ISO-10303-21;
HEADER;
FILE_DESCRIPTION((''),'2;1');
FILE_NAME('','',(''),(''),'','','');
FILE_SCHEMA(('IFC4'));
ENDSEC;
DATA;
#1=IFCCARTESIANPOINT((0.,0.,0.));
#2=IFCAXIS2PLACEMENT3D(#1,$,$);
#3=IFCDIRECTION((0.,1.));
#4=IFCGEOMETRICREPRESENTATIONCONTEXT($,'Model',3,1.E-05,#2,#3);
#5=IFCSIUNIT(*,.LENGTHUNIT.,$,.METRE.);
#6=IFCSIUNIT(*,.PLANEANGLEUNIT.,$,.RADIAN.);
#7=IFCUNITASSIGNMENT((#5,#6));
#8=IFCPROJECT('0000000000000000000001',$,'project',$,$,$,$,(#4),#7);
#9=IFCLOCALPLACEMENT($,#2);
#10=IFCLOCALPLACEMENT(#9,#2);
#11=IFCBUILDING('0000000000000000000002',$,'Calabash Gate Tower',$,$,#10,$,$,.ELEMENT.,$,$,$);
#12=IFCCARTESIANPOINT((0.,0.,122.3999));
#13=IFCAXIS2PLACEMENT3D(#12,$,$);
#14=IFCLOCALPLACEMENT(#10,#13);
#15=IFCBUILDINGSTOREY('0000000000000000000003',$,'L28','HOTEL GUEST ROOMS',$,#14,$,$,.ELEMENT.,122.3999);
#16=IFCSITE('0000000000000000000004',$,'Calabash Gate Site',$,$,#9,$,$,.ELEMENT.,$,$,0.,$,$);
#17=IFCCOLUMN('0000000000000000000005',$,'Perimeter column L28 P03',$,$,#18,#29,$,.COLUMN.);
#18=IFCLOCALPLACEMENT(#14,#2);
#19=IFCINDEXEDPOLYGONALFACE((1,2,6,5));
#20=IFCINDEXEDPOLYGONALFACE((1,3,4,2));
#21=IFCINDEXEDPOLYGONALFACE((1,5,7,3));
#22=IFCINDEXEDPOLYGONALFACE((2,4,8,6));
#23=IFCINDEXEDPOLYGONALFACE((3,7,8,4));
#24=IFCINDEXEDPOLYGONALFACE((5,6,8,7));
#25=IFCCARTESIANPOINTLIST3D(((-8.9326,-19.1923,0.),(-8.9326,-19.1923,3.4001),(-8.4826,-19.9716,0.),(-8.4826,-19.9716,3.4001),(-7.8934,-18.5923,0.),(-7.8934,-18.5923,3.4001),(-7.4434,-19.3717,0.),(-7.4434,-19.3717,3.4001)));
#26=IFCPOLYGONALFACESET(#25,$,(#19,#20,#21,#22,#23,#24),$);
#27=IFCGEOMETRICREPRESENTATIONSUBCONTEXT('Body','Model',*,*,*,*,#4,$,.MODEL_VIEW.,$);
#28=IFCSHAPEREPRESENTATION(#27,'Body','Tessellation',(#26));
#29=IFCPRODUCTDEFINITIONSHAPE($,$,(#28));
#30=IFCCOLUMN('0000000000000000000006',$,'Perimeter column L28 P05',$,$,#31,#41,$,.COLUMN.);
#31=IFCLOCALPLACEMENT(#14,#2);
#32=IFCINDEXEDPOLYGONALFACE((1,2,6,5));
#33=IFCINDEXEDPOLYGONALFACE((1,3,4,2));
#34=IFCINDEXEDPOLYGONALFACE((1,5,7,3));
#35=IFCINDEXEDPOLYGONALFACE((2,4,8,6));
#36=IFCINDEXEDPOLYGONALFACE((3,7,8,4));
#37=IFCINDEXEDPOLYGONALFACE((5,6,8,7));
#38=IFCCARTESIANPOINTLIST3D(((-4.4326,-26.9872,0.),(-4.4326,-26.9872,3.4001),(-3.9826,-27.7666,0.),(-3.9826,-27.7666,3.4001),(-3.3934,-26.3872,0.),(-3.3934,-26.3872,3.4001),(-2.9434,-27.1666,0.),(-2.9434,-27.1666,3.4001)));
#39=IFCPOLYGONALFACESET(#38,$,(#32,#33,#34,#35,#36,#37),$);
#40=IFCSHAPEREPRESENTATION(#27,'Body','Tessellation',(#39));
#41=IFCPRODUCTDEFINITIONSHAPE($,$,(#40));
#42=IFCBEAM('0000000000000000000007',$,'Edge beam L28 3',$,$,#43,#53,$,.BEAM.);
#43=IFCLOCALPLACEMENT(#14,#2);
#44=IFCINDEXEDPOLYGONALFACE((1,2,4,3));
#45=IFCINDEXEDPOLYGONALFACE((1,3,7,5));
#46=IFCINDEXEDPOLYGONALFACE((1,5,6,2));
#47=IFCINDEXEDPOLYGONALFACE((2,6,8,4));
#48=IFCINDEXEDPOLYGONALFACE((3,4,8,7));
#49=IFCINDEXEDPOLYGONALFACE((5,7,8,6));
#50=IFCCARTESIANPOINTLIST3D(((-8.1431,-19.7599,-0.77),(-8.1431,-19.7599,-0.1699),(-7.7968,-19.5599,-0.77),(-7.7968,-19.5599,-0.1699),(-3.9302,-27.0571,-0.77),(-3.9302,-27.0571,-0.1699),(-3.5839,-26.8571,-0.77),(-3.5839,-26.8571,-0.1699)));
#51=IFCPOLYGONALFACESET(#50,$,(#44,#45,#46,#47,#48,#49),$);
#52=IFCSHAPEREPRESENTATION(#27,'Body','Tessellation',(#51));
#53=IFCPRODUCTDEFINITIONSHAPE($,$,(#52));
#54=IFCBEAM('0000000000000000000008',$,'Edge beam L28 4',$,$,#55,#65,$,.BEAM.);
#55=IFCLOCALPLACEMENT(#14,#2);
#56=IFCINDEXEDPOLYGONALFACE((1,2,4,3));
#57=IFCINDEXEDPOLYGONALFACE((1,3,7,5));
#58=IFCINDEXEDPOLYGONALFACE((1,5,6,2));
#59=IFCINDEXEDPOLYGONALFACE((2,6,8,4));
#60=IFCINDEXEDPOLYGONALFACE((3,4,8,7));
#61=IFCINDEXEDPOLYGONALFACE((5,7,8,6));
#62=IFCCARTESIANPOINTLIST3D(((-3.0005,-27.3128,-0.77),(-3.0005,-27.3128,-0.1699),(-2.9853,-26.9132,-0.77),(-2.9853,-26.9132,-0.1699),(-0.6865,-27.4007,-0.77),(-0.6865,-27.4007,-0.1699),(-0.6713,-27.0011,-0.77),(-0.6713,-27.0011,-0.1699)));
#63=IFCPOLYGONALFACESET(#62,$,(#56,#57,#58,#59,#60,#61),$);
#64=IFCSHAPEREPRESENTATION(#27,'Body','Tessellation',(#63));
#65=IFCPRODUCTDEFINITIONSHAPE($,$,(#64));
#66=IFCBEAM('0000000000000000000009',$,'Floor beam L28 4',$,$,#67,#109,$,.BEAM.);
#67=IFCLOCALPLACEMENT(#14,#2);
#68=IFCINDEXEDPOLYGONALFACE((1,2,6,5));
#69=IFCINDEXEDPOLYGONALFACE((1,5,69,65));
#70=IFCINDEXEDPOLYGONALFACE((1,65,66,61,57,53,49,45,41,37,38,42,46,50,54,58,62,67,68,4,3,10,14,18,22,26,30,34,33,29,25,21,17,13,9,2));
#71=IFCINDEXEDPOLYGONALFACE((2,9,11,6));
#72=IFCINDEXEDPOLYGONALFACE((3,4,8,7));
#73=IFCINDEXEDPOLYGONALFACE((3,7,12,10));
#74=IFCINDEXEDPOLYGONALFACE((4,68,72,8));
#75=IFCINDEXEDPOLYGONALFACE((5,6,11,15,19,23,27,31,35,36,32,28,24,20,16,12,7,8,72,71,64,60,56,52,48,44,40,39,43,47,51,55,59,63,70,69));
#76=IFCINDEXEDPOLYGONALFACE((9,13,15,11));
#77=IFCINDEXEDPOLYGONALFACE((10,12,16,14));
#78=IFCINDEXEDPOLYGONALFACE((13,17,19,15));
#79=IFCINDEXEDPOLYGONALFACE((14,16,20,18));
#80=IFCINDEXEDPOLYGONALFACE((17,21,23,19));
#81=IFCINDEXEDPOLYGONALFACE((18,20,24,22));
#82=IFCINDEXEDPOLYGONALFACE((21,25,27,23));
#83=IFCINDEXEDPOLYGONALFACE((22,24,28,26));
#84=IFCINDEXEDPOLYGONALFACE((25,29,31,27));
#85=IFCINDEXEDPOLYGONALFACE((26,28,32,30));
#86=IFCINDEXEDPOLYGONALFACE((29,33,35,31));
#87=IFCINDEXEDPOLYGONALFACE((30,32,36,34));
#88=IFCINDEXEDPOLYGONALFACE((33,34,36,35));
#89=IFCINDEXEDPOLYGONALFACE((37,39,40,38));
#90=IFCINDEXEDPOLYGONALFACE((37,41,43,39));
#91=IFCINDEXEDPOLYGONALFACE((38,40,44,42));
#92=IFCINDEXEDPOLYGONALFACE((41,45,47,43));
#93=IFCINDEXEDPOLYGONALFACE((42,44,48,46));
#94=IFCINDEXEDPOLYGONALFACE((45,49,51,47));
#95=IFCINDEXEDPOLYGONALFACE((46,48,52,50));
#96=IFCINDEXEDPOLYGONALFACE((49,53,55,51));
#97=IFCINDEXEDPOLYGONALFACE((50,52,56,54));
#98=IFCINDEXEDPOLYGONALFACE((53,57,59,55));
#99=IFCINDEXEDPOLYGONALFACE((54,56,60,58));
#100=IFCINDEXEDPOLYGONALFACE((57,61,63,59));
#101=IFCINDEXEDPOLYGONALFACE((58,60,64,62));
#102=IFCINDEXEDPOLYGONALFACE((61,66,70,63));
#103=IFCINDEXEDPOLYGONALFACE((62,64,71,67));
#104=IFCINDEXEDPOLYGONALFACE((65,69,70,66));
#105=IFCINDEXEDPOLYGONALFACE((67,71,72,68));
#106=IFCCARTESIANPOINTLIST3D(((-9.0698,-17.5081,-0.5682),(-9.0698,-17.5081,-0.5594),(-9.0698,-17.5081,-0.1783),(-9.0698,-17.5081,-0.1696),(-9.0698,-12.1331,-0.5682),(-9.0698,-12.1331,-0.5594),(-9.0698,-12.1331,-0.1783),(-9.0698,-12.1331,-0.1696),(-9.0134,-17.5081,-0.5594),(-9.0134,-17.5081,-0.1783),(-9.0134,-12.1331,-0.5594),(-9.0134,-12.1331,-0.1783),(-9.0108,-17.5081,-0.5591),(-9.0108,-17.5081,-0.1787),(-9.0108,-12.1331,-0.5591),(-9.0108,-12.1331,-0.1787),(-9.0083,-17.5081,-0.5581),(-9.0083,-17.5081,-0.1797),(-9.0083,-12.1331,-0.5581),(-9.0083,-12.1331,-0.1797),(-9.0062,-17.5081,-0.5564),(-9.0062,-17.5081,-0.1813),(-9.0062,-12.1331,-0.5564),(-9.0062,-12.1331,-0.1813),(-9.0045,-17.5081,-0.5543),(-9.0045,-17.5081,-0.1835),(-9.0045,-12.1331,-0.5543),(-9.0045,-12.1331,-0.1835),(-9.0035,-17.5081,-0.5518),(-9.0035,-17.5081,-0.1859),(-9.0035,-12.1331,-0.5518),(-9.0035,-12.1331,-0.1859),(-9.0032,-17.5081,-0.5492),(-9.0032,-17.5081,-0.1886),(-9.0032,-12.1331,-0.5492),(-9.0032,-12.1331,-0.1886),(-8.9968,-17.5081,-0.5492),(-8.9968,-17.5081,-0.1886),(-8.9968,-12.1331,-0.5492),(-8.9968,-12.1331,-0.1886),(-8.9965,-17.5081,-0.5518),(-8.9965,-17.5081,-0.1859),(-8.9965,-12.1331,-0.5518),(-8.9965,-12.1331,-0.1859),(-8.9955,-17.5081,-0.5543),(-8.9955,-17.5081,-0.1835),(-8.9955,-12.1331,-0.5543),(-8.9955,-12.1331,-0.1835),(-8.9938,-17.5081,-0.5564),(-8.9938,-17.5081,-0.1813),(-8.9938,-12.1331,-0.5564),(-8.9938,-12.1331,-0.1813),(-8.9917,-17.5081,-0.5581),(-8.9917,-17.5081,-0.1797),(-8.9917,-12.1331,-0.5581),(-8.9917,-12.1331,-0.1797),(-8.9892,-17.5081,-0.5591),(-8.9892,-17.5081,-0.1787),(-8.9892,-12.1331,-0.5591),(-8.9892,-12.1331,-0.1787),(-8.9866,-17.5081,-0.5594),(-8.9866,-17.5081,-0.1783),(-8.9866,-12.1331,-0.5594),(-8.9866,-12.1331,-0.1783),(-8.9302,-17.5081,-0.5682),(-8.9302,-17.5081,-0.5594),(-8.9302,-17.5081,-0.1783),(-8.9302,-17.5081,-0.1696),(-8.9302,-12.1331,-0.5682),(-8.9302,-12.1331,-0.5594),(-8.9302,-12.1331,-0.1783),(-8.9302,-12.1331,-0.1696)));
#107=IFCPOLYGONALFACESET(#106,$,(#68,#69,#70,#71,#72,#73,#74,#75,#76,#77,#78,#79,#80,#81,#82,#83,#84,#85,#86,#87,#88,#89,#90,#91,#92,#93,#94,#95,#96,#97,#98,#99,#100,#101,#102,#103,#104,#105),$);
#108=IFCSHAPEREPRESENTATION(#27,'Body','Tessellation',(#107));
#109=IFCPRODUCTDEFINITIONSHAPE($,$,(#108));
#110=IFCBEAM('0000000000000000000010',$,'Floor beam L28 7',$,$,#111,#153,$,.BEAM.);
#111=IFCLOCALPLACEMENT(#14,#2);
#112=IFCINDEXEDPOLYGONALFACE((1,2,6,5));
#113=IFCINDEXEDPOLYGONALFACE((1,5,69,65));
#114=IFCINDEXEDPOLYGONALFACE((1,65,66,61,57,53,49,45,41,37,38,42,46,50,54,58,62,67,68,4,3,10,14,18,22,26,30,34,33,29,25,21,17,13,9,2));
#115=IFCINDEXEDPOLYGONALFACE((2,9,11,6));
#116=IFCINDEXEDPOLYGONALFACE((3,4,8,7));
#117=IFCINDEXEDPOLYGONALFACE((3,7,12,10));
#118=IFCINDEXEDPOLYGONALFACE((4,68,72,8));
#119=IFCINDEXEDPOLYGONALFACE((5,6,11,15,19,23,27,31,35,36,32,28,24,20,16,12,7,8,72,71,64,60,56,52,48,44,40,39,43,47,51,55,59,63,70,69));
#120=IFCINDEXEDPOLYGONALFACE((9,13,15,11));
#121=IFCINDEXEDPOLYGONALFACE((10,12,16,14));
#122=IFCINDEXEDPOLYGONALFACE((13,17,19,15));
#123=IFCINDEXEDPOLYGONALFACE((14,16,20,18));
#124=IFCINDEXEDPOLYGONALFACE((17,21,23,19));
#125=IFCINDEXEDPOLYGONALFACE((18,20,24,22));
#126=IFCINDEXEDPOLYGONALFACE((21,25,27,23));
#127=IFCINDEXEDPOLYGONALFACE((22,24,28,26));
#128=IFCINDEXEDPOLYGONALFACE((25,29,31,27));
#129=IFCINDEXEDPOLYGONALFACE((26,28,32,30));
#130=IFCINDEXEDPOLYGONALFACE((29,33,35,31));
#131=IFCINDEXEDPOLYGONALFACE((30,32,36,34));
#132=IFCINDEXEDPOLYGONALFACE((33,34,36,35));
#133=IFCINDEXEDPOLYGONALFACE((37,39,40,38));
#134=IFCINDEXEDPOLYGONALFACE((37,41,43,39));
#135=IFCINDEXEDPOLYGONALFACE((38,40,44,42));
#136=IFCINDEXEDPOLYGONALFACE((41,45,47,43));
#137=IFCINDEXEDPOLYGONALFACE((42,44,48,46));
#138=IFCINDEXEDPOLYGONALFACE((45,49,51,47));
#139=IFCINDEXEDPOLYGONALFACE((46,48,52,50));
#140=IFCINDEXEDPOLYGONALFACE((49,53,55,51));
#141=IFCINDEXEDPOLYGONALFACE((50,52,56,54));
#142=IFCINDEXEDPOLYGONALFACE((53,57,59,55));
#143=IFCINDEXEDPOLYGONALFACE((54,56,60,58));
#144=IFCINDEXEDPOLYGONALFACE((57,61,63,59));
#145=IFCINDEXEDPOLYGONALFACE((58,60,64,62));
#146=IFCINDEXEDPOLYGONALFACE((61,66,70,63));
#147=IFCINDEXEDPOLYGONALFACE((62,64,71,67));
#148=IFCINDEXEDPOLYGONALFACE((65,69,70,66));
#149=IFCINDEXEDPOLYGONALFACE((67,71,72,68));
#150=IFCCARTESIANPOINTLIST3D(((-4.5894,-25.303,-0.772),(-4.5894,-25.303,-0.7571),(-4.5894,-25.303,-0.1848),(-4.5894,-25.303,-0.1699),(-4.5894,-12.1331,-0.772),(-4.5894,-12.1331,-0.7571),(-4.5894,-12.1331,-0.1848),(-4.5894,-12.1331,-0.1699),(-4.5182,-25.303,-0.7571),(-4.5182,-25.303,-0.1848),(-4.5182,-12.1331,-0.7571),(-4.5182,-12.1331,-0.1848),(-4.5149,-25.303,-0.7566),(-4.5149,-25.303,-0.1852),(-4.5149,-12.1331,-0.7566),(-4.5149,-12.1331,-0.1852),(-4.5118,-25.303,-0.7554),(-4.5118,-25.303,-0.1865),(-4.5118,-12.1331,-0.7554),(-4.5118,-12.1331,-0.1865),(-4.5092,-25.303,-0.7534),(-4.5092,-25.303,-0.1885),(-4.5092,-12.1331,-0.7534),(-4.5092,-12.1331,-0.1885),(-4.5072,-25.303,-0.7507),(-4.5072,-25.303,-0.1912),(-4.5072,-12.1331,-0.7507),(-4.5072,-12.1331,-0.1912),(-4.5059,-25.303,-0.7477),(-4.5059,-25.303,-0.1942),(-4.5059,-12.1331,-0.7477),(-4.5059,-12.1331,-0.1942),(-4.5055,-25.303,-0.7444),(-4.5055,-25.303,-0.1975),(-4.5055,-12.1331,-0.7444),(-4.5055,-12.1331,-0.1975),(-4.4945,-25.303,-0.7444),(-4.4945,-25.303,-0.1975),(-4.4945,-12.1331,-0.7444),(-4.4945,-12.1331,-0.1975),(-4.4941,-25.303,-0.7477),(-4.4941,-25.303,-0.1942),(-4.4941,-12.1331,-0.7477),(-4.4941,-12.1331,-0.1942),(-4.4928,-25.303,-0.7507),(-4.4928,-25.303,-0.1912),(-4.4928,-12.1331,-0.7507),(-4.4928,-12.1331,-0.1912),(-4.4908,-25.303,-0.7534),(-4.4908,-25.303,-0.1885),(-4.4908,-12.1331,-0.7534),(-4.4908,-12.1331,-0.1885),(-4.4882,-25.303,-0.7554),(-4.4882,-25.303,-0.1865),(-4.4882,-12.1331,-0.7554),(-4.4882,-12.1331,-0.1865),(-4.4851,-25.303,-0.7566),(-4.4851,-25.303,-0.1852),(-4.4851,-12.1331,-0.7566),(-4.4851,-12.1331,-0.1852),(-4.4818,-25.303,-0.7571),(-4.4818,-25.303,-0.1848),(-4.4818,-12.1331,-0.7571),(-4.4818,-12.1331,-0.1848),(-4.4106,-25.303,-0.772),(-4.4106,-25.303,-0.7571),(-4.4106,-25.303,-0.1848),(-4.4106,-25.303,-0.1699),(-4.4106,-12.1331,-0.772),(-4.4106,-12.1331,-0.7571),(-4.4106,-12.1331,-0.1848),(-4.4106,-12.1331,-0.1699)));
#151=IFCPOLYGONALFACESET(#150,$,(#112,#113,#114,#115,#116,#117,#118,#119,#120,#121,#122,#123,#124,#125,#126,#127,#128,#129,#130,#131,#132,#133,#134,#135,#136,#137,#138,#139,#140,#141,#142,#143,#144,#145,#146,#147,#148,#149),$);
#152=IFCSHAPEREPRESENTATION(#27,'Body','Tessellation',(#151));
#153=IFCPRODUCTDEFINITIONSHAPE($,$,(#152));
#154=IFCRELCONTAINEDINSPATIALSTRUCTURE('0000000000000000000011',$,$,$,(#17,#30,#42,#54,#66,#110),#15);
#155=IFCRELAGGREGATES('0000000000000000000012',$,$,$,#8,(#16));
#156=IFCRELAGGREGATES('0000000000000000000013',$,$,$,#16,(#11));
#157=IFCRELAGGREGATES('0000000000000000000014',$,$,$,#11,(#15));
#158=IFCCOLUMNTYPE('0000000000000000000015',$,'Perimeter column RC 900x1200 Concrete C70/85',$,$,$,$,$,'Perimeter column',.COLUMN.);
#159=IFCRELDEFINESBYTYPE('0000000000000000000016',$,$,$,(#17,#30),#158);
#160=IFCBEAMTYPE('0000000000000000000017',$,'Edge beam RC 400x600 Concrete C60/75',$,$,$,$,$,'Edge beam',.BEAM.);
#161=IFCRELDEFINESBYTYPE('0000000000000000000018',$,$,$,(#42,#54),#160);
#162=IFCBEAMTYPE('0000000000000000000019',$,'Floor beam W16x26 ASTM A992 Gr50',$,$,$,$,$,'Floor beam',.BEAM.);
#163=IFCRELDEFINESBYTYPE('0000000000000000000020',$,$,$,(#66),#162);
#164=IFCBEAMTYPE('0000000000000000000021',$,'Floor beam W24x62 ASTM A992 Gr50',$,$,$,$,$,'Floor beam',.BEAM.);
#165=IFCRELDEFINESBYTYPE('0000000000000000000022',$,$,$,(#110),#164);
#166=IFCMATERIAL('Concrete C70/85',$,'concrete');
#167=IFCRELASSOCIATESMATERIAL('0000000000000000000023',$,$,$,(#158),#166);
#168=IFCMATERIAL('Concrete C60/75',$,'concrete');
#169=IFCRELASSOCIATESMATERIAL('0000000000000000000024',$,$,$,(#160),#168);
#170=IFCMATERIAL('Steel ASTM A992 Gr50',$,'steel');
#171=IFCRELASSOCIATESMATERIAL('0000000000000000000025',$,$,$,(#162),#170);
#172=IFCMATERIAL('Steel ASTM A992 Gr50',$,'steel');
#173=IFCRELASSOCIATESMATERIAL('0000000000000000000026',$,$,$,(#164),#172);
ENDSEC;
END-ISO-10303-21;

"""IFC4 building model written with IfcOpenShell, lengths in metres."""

from ifc_helpers import new_model, si_unit, direction, frame, origin, origin_2d, place, context, subcontext, project, spatial, rectangle, i_section, extrude, material, material_profile, profile_set, type_object, element, save


model = new_model("IFC4")

# Units and contexts
model_context = context("Model", 3, precision=1e-05, world=origin(), true_north=direction((0.0, 1.0)))
body_context = subcontext(model_context, "Body", "Model", "MODEL_VIEW")
ifc_project = project(units=[si_unit("LENGTHUNIT", "METRE"), si_unit("PLANEANGLEUNIT", "RADIAN")], contexts=[model_context])

# Site, building, storey
site_placement = place(None, origin())
site = spatial("IfcSite", under=ifc_project, at=site_placement, Name="Calabash Gate Site", CompositionType="ELEMENT", RefElevation=0.0)
building_placement = place(site_placement, origin())
building = spatial("IfcBuilding", under=site, at=building_placement, Name="Calabash Gate Tower", CompositionType="ELEMENT")
storey_placement = place(building_placement, frame((0.0, 0.0, 122.3999)))
storey = spatial("IfcBuildingStorey", under=building, at=storey_placement, Name="L28", Description="HOTEL GUEST ROOMS", CompositionType="ELEMENT", Elevation=122.3999)

# Columns
ifc_material_1 = material(Name="Concrete C70/85", Category="concrete")
ifc_material_profile_1 = material_profile(ifc_material_1, rectangle(XDim=0.8999, YDim=1.2, at=origin_2d()))
ifc_profile_set_1 = profile_set([ifc_material_profile_1], Name="Concrete C70/85")
column_type = type_object("IfcColumnType", Name="Perimeter column RC 900x1200 Concrete C70/85", ElementType="Perimeter column", PredefinedType="COLUMN", material=ifc_profile_set_1)
for number, where, z_axis, x_axis, name in (
    (1, (-8.188, -19.282, 0.0), (0.0, 0.0, 1.0), (0.5, -0.866025, 0.0), "Perimeter column L28 P03"),
    (2, (-3.688, -27.0769, 0.0), (0.0, 0.0, 1.0), (0.5, -0.866025, 0.0), "Perimeter column L28 P05"),
):
    element("IfcColumn", number, at=place(storey_placement, frame(where, z_axis=z_axis, x_axis=x_axis)), inside=storey, type_object=column_type, Name=name, PredefinedType="COLUMN", context=body_context, shape_type="SweptSolid", body=[
        extrude(rectangle(XDim=0.8999, YDim=1.2, at=origin_2d()), origin(), (0.0, 0.0, 1.0), 3.4001),
    ])

# Beams
ifc_material_2 = material(Name="Concrete C60/75", Category="concrete")
ifc_material_profile_2 = material_profile(ifc_material_2, rectangle(XDim=0.3999, YDim=0.6001, at=origin_2d()))
ifc_profile_set_2 = profile_set([ifc_material_profile_2], Name="Concrete C60/75")
beam_type_1 = type_object("IfcBeamType", Name="Edge beam RC 400x600 Concrete C60/75", ElementType="Edge beam", PredefinedType="BEAM", material=ifc_profile_set_2)
beam_1_placement = place(storey_placement, frame((-7.97, -19.6599, -0.47), z_axis=(0.499991, -0.866031, 0.0), x_axis=(0.866031, 0.499991, 0.0)))
element("IfcBeam", 3, at=beam_1_placement, inside=storey, type_object=beam_type_1, Name="Edge beam L28 3", PredefinedType="BEAM", context=body_context, shape_type="SweptSolid", body=[
    extrude(rectangle(XDim=0.3999, YDim=0.6001, at=origin_2d()), origin(), (0.0, 0.0, 1.0), 8.426),
])
beam_2_placement = place(storey_placement, frame((-2.9929, -27.113, -0.47), z_axis=(0.999279, -0.037955, 0.0), x_axis=(0.037955, 0.999279, 0.0)))
element("IfcBeam", 4, at=beam_2_placement, inside=storey, type_object=beam_type_1, Name="Edge beam L28 4", PredefinedType="BEAM", context=body_context, shape_type="SweptSolid", body=[
    extrude(rectangle(XDim=0.3999, YDim=0.6001, at=origin_2d()), origin(), (0.0, 0.0, 1.0), 2.3157),
])
ifc_material_3 = material(Name="Steel ASTM A992 Gr50", Category="steel")
ifc_material_profile_3 = material_profile(ifc_material_3, i_section(OverallWidth=0.1396, OverallDepth=0.3987, WebThickness=0.0063, FlangeThickness=0.0088, FilletRadius=0.0103, at=origin_2d()))
ifc_profile_set_3 = profile_set([ifc_material_profile_3], Name="Steel ASTM A992 Gr50")
beam_type_2 = type_object("IfcBeamType", Name="Floor beam W16x26 ASTM A992 Gr50", ElementType="Floor beam", PredefinedType="BEAM", material=ifc_profile_set_3)
beam_3_placement = place(storey_placement, frame((-9.0, -17.5081, -0.3689), z_axis=(0.0, 1.0, 0.0), x_axis=(-1.0, 0.0, 0.0)))
element("IfcBeam", 5, at=beam_3_placement, inside=storey, type_object=beam_type_2, Name="Floor beam L28 4", PredefinedType="BEAM", context=body_context, shape_type="SweptSolid", body=[
    extrude(i_section(OverallWidth=0.1396, OverallDepth=0.3987, WebThickness=0.0063, FlangeThickness=0.0088, FilletRadius=0.0103, at=origin_2d()), origin(), (0.0, 0.0, 1.0), 5.375),
])
ifc_material_4 = material(Name="Steel ASTM A992 Gr50", Category="steel")
ifc_material_profile_4 = material_profile(ifc_material_4, i_section(OverallWidth=0.1787, OverallDepth=0.6021, WebThickness=0.011, FlangeThickness=0.0149, FilletRadius=0.0127, at=origin_2d()))
ifc_profile_set_4 = profile_set([ifc_material_profile_4], Name="Steel ASTM A992 Gr50")
beam_type_3 = type_object("IfcBeamType", Name="Floor beam W24x62 ASTM A992 Gr50", ElementType="Floor beam", PredefinedType="BEAM", material=ifc_profile_set_4)
beam_4_placement = place(storey_placement, frame((-4.5, -25.303, -0.4709), z_axis=(0.0, 1.0, 0.0), x_axis=(-1.0, 0.0, 0.0)))
element("IfcBeam", 6, at=beam_4_placement, inside=storey, type_object=beam_type_3, Name="Floor beam L28 7", PredefinedType="BEAM", context=body_context, shape_type="SweptSolid", body=[
    extrude(i_section(OverallWidth=0.1787, OverallDepth=0.6021, WebThickness=0.011, FlangeThickness=0.0149, FilletRadius=0.0127, at=origin_2d()), origin(), (0.0, 0.0, 1.0), 13.1699),
])

save(model, "model.ifc")
